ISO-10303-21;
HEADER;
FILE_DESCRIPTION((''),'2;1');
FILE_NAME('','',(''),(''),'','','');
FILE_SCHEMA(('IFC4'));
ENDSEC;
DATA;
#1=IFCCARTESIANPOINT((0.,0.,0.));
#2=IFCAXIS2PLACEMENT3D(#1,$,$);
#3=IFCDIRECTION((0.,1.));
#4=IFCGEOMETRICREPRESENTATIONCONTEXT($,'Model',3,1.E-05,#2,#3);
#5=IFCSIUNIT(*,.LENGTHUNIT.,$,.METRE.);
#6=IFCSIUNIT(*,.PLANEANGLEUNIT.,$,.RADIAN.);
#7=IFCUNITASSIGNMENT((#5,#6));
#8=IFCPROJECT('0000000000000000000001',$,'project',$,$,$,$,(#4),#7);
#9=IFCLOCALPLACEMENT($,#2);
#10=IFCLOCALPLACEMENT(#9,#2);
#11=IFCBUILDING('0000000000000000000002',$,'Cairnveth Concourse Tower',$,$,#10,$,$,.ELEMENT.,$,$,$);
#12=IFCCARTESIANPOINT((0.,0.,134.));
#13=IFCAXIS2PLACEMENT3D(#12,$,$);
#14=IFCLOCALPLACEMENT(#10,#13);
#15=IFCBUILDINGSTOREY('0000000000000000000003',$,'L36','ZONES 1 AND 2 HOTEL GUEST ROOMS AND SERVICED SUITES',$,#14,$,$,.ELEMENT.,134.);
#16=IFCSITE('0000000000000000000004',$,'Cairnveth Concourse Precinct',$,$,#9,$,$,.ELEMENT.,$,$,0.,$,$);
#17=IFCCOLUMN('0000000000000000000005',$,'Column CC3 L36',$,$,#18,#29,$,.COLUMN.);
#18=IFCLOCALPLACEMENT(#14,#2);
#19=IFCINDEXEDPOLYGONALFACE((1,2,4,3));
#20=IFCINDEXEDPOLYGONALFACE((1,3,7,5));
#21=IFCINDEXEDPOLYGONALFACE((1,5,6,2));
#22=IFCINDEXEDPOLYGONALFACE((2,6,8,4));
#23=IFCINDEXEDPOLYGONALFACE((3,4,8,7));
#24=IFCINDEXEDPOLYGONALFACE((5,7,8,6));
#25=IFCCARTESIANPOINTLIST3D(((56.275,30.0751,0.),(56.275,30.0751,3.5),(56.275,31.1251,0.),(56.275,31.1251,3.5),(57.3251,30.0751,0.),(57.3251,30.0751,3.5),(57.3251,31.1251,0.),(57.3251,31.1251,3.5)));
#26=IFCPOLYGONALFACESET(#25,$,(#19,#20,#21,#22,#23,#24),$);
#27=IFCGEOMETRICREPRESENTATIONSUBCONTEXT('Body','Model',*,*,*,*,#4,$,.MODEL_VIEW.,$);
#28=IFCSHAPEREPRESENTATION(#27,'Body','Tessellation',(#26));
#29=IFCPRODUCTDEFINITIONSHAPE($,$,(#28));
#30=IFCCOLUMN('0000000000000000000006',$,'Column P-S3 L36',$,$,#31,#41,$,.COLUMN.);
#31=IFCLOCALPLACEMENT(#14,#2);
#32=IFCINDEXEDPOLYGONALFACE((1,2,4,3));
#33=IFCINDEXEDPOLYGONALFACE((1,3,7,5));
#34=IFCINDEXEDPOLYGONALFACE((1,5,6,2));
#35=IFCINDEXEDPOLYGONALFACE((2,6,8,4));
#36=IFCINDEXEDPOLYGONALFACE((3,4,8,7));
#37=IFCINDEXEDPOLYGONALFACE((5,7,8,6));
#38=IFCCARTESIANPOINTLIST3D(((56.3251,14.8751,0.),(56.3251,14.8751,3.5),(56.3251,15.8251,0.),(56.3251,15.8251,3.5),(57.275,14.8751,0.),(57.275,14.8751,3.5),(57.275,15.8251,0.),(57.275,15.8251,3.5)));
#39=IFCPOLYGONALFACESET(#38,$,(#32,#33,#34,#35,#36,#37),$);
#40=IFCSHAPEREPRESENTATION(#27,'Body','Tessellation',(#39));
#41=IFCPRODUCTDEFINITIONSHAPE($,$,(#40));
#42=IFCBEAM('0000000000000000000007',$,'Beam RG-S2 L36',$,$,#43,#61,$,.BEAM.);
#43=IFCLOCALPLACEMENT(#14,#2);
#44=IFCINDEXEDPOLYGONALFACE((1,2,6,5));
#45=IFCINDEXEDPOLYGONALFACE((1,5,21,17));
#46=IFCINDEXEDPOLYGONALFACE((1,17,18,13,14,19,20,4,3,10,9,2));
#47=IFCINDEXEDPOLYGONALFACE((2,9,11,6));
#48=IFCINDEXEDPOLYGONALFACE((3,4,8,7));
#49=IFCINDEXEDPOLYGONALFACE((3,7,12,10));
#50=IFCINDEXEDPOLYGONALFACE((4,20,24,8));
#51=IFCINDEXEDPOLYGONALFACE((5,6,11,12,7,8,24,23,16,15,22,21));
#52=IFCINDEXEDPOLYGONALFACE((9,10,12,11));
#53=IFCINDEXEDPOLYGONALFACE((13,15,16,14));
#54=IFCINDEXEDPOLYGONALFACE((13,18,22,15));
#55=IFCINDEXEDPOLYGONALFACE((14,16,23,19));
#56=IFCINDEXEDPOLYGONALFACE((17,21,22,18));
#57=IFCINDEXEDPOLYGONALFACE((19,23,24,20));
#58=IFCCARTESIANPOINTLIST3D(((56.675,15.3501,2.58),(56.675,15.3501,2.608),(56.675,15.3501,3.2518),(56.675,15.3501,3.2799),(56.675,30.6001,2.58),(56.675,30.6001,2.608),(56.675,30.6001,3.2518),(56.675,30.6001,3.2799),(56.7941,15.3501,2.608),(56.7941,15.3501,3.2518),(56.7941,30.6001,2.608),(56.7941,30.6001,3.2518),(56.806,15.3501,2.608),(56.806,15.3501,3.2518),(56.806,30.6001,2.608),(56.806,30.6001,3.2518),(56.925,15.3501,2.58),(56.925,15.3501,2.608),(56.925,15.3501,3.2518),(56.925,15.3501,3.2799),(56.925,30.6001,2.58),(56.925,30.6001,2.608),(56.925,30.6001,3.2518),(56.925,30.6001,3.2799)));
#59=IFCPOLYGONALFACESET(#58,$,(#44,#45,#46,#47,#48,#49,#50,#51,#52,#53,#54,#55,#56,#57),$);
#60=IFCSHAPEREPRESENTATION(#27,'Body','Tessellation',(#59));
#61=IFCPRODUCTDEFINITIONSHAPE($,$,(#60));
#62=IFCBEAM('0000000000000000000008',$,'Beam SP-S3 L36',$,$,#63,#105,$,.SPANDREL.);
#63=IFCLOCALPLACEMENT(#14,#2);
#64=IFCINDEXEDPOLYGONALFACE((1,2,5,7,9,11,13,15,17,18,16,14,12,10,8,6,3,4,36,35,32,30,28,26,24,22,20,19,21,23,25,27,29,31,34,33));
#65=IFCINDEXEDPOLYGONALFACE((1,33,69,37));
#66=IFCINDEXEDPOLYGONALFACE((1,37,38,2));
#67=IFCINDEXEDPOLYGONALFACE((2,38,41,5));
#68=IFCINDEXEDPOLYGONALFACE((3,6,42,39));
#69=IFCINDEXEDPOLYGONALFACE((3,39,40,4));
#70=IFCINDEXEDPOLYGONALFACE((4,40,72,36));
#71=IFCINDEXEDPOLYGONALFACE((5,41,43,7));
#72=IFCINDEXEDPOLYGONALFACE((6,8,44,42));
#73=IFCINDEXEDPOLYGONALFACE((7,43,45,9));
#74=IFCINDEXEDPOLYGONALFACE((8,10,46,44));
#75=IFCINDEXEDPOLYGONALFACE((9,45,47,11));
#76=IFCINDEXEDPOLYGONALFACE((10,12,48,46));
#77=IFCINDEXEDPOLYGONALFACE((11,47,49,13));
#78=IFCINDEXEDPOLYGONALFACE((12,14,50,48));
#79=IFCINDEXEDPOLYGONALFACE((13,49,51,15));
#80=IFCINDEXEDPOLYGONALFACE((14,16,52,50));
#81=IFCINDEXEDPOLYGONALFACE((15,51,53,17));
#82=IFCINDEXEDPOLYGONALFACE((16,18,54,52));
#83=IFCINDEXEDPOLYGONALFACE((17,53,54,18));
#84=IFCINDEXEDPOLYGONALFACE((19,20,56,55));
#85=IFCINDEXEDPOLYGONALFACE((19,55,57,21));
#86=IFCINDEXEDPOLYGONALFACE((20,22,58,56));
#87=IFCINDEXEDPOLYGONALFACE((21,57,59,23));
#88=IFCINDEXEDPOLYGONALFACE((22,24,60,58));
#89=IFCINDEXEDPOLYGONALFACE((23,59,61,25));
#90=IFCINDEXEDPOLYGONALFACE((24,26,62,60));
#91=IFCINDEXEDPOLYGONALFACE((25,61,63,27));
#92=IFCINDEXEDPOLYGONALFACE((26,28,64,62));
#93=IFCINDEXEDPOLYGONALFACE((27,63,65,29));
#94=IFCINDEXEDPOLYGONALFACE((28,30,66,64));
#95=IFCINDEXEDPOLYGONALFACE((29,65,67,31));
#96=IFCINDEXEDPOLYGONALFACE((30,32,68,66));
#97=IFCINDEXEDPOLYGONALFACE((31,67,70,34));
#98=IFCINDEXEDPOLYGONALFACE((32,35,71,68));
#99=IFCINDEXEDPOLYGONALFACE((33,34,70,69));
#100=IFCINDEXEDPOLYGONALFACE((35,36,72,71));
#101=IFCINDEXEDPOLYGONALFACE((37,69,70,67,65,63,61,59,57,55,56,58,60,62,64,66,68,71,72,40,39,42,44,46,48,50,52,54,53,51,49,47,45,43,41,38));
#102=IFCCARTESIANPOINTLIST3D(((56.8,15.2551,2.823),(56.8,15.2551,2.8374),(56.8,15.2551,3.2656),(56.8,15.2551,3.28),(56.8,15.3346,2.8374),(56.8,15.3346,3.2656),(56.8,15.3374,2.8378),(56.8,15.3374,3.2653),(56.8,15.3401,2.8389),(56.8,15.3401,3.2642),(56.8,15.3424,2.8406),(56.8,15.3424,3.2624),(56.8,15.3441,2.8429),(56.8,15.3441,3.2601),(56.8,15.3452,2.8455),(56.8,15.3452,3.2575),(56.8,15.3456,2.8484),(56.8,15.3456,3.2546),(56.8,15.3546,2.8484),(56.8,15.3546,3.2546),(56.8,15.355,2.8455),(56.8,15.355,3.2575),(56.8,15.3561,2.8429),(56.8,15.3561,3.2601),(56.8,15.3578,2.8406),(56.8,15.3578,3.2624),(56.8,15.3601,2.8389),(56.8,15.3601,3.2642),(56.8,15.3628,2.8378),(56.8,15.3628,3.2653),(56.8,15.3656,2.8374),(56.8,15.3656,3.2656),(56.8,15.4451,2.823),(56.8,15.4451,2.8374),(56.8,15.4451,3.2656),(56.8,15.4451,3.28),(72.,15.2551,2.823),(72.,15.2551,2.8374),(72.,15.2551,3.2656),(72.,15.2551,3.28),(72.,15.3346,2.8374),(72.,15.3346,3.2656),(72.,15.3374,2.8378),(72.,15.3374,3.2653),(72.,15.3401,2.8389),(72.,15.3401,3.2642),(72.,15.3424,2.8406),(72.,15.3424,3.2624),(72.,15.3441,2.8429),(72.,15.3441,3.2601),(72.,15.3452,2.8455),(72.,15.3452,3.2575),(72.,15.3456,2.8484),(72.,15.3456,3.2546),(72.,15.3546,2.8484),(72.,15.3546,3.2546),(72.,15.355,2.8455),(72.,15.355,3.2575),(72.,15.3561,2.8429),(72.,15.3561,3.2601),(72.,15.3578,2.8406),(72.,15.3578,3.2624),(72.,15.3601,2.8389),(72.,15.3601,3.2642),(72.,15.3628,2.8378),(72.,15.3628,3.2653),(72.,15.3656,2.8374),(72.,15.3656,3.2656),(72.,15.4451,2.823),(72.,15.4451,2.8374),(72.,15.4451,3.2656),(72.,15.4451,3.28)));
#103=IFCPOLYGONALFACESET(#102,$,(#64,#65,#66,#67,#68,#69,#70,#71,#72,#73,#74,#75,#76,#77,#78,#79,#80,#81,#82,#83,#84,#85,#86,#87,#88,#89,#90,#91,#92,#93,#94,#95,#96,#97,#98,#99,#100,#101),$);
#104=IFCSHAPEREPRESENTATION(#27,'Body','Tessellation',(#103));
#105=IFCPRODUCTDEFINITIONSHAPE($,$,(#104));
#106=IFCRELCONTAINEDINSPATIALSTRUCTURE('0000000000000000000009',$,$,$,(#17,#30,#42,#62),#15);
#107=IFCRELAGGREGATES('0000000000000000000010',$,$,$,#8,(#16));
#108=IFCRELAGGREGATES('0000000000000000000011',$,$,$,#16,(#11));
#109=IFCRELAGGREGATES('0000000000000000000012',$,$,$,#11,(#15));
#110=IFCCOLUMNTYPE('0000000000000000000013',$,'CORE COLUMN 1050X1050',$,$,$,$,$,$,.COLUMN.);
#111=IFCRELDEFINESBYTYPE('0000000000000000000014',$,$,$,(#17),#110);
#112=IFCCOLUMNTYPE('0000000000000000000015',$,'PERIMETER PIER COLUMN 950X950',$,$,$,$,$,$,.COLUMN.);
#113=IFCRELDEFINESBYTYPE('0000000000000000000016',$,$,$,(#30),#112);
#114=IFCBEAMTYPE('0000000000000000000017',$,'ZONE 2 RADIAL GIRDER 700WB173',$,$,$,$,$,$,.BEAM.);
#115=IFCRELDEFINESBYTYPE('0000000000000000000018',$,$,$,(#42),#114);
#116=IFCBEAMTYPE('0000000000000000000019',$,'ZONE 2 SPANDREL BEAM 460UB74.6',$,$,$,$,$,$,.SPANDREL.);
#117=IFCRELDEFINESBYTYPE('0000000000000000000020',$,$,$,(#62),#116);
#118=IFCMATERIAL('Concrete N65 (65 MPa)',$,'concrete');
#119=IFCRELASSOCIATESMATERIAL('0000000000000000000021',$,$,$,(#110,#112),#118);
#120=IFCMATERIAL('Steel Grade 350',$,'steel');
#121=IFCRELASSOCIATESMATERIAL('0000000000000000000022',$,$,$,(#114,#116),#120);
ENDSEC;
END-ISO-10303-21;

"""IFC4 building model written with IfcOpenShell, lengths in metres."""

from ifc_helpers import new_model, si_unit, direction, frame, origin, origin_2d, place, context, subcontext, project, spatial, rectangle, i_section, extrude, material, material_profile, profile_set, type_object, element, save


model = new_model("IFC4")

# Units and contexts
model_context = context("Model", 3, precision=1e-05, world=origin(), true_north=direction((0.0, 1.0)))
body_context = subcontext(model_context, "Body", "Model", "MODEL_VIEW")
ifc_project = project(units=[si_unit("LENGTHUNIT", "METRE"), si_unit("PLANEANGLEUNIT", "RADIAN")], contexts=[model_context])

# Site, building, storey
site_placement = place(None, origin())
site = spatial("IfcSite", under=ifc_project, at=site_placement, Name="Cairnveth Concourse Precinct", CompositionType="ELEMENT", RefElevation=0.0)
building_placement = place(site_placement, origin())
building = spatial("IfcBuilding", under=site, at=building_placement, Name="Cairnveth Concourse Tower", CompositionType="ELEMENT")
storey_placement = place(building_placement, frame((0.0, 0.0, 134.0)))
storey = spatial("IfcBuildingStorey", under=building, at=storey_placement, Name="L36", Description="ZONES 1 AND 2 HOTEL GUEST ROOMS AND SERVICED SUITES", CompositionType="ELEMENT", Elevation=134.0)

# Columns
ifc_material_1 = material(Name="Concrete N65 (65 MPa)", Category="concrete")
ifc_material_profile_1 = material_profile(ifc_material_1, rectangle(XDim=1.05, YDim=1.05, at=origin_2d()), Name="RC-COL-1050x1050")
ifc_profile_set_1 = profile_set([ifc_material_profile_1], Name="Concrete N65 (65 MPa)")
column_type_1 = type_object("IfcColumnType", Name="CORE COLUMN 1050X1050", PredefinedType="COLUMN", material=ifc_profile_set_1)
column_1_placement = place(storey_placement, frame((56.8, 30.6001, 0.0), z_axis=(0.0, 0.0, 1.0), x_axis=(1.0, 0.0, 0.0)))
element("IfcColumn", 1, at=column_1_placement, inside=storey, type_object=column_type_1, Name="Column CC3 L36", PredefinedType="COLUMN", context=body_context, shape_type="SweptSolid", body=[
    extrude(rectangle(XDim=1.05, YDim=1.05, at=origin_2d()), origin(), (0.0, 0.0, 1.0), 3.5),
])
ifc_material_profile_2 = material_profile(ifc_material_1, rectangle(XDim=0.95, YDim=0.95, at=origin_2d()), Name="RC-COL-950x950")
ifc_profile_set_2 = profile_set([ifc_material_profile_2], Name="Concrete N65 (65 MPa)")
column_type_2 = type_object("IfcColumnType", Name="PERIMETER PIER COLUMN 950X950", PredefinedType="COLUMN", material=ifc_profile_set_2)
column_2_placement = place(storey_placement, frame((56.8, 15.3501, 0.0), z_axis=(0.0, 0.0, 1.0), x_axis=(1.0, 0.0, 0.0)))
element("IfcColumn", 2, at=column_2_placement, inside=storey, type_object=column_type_2, Name="Column P-S3 L36", PredefinedType="COLUMN", context=body_context, shape_type="SweptSolid", body=[
    extrude(rectangle(XDim=0.95, YDim=0.95, at=origin_2d()), origin(), (0.0, 0.0, 1.0), 3.5),
])

# Beams
ifc_material_2 = material(Name="Steel Grade 350", Category="steel")
ifc_material_profile_3 = material_profile(ifc_material_2, i_section(OverallWidth=0.25, OverallDepth=0.7, WebThickness=0.012, FlangeThickness=0.0281, at=origin_2d()), Name="700WB173")
ifc_profile_set_3 = profile_set([ifc_material_profile_3], Name="Steel Grade 350")
beam_type_1 = type_object("IfcBeamType", Name="ZONE 2 RADIAL GIRDER 700WB173", PredefinedType="BEAM", material=ifc_profile_set_3)
beam_1_placement = place(storey_placement, frame((56.8, 15.3501, 2.9299), z_axis=(0.0, 1.0, 0.0), x_axis=(-1.0, 0.0, 0.0)))
element("IfcBeam", 3, at=beam_1_placement, inside=storey, type_object=beam_type_1, Name="Beam RG-S2 L36", PredefinedType="BEAM", context=body_context, shape_type="SweptSolid", body=[
    extrude(i_section(OverallWidth=0.25, OverallDepth=0.7, WebThickness=0.012, FlangeThickness=0.0281, at=origin_2d()), origin(), (0.0, 0.0, 1.0), 15.25),
])
ifc_material_profile_4 = material_profile(ifc_material_2, i_section(OverallWidth=0.1899, OverallDepth=0.457, WebThickness=0.009, FlangeThickness=0.0144, FilletRadius=0.011, at=origin_2d()), Name="460UB74.6")
ifc_profile_set_4 = profile_set([ifc_material_profile_4], Name="Steel Grade 350")
beam_type_2 = type_object("IfcBeamType", Name="ZONE 2 SPANDREL BEAM 460UB74.6", PredefinedType="SPANDREL", material=ifc_profile_set_4)
beam_2_placement = place(storey_placement, frame((56.8, 15.3501, 3.0515), z_axis=(1.0, 0.0, 0.0), x_axis=(0.0, 1.0, 0.0)))
element("IfcBeam", 4, at=beam_2_placement, inside=storey, type_object=beam_type_2, Name="Beam SP-S3 L36", PredefinedType="SPANDREL", context=body_context, shape_type="SweptSolid", body=[
    extrude(i_section(OverallWidth=0.1899, OverallDepth=0.457, WebThickness=0.009, FlangeThickness=0.0144, FilletRadius=0.011, at=origin_2d()), origin(), (0.0, 0.0, 1.0), 15.2),
])

save(model, "model.ifc")
